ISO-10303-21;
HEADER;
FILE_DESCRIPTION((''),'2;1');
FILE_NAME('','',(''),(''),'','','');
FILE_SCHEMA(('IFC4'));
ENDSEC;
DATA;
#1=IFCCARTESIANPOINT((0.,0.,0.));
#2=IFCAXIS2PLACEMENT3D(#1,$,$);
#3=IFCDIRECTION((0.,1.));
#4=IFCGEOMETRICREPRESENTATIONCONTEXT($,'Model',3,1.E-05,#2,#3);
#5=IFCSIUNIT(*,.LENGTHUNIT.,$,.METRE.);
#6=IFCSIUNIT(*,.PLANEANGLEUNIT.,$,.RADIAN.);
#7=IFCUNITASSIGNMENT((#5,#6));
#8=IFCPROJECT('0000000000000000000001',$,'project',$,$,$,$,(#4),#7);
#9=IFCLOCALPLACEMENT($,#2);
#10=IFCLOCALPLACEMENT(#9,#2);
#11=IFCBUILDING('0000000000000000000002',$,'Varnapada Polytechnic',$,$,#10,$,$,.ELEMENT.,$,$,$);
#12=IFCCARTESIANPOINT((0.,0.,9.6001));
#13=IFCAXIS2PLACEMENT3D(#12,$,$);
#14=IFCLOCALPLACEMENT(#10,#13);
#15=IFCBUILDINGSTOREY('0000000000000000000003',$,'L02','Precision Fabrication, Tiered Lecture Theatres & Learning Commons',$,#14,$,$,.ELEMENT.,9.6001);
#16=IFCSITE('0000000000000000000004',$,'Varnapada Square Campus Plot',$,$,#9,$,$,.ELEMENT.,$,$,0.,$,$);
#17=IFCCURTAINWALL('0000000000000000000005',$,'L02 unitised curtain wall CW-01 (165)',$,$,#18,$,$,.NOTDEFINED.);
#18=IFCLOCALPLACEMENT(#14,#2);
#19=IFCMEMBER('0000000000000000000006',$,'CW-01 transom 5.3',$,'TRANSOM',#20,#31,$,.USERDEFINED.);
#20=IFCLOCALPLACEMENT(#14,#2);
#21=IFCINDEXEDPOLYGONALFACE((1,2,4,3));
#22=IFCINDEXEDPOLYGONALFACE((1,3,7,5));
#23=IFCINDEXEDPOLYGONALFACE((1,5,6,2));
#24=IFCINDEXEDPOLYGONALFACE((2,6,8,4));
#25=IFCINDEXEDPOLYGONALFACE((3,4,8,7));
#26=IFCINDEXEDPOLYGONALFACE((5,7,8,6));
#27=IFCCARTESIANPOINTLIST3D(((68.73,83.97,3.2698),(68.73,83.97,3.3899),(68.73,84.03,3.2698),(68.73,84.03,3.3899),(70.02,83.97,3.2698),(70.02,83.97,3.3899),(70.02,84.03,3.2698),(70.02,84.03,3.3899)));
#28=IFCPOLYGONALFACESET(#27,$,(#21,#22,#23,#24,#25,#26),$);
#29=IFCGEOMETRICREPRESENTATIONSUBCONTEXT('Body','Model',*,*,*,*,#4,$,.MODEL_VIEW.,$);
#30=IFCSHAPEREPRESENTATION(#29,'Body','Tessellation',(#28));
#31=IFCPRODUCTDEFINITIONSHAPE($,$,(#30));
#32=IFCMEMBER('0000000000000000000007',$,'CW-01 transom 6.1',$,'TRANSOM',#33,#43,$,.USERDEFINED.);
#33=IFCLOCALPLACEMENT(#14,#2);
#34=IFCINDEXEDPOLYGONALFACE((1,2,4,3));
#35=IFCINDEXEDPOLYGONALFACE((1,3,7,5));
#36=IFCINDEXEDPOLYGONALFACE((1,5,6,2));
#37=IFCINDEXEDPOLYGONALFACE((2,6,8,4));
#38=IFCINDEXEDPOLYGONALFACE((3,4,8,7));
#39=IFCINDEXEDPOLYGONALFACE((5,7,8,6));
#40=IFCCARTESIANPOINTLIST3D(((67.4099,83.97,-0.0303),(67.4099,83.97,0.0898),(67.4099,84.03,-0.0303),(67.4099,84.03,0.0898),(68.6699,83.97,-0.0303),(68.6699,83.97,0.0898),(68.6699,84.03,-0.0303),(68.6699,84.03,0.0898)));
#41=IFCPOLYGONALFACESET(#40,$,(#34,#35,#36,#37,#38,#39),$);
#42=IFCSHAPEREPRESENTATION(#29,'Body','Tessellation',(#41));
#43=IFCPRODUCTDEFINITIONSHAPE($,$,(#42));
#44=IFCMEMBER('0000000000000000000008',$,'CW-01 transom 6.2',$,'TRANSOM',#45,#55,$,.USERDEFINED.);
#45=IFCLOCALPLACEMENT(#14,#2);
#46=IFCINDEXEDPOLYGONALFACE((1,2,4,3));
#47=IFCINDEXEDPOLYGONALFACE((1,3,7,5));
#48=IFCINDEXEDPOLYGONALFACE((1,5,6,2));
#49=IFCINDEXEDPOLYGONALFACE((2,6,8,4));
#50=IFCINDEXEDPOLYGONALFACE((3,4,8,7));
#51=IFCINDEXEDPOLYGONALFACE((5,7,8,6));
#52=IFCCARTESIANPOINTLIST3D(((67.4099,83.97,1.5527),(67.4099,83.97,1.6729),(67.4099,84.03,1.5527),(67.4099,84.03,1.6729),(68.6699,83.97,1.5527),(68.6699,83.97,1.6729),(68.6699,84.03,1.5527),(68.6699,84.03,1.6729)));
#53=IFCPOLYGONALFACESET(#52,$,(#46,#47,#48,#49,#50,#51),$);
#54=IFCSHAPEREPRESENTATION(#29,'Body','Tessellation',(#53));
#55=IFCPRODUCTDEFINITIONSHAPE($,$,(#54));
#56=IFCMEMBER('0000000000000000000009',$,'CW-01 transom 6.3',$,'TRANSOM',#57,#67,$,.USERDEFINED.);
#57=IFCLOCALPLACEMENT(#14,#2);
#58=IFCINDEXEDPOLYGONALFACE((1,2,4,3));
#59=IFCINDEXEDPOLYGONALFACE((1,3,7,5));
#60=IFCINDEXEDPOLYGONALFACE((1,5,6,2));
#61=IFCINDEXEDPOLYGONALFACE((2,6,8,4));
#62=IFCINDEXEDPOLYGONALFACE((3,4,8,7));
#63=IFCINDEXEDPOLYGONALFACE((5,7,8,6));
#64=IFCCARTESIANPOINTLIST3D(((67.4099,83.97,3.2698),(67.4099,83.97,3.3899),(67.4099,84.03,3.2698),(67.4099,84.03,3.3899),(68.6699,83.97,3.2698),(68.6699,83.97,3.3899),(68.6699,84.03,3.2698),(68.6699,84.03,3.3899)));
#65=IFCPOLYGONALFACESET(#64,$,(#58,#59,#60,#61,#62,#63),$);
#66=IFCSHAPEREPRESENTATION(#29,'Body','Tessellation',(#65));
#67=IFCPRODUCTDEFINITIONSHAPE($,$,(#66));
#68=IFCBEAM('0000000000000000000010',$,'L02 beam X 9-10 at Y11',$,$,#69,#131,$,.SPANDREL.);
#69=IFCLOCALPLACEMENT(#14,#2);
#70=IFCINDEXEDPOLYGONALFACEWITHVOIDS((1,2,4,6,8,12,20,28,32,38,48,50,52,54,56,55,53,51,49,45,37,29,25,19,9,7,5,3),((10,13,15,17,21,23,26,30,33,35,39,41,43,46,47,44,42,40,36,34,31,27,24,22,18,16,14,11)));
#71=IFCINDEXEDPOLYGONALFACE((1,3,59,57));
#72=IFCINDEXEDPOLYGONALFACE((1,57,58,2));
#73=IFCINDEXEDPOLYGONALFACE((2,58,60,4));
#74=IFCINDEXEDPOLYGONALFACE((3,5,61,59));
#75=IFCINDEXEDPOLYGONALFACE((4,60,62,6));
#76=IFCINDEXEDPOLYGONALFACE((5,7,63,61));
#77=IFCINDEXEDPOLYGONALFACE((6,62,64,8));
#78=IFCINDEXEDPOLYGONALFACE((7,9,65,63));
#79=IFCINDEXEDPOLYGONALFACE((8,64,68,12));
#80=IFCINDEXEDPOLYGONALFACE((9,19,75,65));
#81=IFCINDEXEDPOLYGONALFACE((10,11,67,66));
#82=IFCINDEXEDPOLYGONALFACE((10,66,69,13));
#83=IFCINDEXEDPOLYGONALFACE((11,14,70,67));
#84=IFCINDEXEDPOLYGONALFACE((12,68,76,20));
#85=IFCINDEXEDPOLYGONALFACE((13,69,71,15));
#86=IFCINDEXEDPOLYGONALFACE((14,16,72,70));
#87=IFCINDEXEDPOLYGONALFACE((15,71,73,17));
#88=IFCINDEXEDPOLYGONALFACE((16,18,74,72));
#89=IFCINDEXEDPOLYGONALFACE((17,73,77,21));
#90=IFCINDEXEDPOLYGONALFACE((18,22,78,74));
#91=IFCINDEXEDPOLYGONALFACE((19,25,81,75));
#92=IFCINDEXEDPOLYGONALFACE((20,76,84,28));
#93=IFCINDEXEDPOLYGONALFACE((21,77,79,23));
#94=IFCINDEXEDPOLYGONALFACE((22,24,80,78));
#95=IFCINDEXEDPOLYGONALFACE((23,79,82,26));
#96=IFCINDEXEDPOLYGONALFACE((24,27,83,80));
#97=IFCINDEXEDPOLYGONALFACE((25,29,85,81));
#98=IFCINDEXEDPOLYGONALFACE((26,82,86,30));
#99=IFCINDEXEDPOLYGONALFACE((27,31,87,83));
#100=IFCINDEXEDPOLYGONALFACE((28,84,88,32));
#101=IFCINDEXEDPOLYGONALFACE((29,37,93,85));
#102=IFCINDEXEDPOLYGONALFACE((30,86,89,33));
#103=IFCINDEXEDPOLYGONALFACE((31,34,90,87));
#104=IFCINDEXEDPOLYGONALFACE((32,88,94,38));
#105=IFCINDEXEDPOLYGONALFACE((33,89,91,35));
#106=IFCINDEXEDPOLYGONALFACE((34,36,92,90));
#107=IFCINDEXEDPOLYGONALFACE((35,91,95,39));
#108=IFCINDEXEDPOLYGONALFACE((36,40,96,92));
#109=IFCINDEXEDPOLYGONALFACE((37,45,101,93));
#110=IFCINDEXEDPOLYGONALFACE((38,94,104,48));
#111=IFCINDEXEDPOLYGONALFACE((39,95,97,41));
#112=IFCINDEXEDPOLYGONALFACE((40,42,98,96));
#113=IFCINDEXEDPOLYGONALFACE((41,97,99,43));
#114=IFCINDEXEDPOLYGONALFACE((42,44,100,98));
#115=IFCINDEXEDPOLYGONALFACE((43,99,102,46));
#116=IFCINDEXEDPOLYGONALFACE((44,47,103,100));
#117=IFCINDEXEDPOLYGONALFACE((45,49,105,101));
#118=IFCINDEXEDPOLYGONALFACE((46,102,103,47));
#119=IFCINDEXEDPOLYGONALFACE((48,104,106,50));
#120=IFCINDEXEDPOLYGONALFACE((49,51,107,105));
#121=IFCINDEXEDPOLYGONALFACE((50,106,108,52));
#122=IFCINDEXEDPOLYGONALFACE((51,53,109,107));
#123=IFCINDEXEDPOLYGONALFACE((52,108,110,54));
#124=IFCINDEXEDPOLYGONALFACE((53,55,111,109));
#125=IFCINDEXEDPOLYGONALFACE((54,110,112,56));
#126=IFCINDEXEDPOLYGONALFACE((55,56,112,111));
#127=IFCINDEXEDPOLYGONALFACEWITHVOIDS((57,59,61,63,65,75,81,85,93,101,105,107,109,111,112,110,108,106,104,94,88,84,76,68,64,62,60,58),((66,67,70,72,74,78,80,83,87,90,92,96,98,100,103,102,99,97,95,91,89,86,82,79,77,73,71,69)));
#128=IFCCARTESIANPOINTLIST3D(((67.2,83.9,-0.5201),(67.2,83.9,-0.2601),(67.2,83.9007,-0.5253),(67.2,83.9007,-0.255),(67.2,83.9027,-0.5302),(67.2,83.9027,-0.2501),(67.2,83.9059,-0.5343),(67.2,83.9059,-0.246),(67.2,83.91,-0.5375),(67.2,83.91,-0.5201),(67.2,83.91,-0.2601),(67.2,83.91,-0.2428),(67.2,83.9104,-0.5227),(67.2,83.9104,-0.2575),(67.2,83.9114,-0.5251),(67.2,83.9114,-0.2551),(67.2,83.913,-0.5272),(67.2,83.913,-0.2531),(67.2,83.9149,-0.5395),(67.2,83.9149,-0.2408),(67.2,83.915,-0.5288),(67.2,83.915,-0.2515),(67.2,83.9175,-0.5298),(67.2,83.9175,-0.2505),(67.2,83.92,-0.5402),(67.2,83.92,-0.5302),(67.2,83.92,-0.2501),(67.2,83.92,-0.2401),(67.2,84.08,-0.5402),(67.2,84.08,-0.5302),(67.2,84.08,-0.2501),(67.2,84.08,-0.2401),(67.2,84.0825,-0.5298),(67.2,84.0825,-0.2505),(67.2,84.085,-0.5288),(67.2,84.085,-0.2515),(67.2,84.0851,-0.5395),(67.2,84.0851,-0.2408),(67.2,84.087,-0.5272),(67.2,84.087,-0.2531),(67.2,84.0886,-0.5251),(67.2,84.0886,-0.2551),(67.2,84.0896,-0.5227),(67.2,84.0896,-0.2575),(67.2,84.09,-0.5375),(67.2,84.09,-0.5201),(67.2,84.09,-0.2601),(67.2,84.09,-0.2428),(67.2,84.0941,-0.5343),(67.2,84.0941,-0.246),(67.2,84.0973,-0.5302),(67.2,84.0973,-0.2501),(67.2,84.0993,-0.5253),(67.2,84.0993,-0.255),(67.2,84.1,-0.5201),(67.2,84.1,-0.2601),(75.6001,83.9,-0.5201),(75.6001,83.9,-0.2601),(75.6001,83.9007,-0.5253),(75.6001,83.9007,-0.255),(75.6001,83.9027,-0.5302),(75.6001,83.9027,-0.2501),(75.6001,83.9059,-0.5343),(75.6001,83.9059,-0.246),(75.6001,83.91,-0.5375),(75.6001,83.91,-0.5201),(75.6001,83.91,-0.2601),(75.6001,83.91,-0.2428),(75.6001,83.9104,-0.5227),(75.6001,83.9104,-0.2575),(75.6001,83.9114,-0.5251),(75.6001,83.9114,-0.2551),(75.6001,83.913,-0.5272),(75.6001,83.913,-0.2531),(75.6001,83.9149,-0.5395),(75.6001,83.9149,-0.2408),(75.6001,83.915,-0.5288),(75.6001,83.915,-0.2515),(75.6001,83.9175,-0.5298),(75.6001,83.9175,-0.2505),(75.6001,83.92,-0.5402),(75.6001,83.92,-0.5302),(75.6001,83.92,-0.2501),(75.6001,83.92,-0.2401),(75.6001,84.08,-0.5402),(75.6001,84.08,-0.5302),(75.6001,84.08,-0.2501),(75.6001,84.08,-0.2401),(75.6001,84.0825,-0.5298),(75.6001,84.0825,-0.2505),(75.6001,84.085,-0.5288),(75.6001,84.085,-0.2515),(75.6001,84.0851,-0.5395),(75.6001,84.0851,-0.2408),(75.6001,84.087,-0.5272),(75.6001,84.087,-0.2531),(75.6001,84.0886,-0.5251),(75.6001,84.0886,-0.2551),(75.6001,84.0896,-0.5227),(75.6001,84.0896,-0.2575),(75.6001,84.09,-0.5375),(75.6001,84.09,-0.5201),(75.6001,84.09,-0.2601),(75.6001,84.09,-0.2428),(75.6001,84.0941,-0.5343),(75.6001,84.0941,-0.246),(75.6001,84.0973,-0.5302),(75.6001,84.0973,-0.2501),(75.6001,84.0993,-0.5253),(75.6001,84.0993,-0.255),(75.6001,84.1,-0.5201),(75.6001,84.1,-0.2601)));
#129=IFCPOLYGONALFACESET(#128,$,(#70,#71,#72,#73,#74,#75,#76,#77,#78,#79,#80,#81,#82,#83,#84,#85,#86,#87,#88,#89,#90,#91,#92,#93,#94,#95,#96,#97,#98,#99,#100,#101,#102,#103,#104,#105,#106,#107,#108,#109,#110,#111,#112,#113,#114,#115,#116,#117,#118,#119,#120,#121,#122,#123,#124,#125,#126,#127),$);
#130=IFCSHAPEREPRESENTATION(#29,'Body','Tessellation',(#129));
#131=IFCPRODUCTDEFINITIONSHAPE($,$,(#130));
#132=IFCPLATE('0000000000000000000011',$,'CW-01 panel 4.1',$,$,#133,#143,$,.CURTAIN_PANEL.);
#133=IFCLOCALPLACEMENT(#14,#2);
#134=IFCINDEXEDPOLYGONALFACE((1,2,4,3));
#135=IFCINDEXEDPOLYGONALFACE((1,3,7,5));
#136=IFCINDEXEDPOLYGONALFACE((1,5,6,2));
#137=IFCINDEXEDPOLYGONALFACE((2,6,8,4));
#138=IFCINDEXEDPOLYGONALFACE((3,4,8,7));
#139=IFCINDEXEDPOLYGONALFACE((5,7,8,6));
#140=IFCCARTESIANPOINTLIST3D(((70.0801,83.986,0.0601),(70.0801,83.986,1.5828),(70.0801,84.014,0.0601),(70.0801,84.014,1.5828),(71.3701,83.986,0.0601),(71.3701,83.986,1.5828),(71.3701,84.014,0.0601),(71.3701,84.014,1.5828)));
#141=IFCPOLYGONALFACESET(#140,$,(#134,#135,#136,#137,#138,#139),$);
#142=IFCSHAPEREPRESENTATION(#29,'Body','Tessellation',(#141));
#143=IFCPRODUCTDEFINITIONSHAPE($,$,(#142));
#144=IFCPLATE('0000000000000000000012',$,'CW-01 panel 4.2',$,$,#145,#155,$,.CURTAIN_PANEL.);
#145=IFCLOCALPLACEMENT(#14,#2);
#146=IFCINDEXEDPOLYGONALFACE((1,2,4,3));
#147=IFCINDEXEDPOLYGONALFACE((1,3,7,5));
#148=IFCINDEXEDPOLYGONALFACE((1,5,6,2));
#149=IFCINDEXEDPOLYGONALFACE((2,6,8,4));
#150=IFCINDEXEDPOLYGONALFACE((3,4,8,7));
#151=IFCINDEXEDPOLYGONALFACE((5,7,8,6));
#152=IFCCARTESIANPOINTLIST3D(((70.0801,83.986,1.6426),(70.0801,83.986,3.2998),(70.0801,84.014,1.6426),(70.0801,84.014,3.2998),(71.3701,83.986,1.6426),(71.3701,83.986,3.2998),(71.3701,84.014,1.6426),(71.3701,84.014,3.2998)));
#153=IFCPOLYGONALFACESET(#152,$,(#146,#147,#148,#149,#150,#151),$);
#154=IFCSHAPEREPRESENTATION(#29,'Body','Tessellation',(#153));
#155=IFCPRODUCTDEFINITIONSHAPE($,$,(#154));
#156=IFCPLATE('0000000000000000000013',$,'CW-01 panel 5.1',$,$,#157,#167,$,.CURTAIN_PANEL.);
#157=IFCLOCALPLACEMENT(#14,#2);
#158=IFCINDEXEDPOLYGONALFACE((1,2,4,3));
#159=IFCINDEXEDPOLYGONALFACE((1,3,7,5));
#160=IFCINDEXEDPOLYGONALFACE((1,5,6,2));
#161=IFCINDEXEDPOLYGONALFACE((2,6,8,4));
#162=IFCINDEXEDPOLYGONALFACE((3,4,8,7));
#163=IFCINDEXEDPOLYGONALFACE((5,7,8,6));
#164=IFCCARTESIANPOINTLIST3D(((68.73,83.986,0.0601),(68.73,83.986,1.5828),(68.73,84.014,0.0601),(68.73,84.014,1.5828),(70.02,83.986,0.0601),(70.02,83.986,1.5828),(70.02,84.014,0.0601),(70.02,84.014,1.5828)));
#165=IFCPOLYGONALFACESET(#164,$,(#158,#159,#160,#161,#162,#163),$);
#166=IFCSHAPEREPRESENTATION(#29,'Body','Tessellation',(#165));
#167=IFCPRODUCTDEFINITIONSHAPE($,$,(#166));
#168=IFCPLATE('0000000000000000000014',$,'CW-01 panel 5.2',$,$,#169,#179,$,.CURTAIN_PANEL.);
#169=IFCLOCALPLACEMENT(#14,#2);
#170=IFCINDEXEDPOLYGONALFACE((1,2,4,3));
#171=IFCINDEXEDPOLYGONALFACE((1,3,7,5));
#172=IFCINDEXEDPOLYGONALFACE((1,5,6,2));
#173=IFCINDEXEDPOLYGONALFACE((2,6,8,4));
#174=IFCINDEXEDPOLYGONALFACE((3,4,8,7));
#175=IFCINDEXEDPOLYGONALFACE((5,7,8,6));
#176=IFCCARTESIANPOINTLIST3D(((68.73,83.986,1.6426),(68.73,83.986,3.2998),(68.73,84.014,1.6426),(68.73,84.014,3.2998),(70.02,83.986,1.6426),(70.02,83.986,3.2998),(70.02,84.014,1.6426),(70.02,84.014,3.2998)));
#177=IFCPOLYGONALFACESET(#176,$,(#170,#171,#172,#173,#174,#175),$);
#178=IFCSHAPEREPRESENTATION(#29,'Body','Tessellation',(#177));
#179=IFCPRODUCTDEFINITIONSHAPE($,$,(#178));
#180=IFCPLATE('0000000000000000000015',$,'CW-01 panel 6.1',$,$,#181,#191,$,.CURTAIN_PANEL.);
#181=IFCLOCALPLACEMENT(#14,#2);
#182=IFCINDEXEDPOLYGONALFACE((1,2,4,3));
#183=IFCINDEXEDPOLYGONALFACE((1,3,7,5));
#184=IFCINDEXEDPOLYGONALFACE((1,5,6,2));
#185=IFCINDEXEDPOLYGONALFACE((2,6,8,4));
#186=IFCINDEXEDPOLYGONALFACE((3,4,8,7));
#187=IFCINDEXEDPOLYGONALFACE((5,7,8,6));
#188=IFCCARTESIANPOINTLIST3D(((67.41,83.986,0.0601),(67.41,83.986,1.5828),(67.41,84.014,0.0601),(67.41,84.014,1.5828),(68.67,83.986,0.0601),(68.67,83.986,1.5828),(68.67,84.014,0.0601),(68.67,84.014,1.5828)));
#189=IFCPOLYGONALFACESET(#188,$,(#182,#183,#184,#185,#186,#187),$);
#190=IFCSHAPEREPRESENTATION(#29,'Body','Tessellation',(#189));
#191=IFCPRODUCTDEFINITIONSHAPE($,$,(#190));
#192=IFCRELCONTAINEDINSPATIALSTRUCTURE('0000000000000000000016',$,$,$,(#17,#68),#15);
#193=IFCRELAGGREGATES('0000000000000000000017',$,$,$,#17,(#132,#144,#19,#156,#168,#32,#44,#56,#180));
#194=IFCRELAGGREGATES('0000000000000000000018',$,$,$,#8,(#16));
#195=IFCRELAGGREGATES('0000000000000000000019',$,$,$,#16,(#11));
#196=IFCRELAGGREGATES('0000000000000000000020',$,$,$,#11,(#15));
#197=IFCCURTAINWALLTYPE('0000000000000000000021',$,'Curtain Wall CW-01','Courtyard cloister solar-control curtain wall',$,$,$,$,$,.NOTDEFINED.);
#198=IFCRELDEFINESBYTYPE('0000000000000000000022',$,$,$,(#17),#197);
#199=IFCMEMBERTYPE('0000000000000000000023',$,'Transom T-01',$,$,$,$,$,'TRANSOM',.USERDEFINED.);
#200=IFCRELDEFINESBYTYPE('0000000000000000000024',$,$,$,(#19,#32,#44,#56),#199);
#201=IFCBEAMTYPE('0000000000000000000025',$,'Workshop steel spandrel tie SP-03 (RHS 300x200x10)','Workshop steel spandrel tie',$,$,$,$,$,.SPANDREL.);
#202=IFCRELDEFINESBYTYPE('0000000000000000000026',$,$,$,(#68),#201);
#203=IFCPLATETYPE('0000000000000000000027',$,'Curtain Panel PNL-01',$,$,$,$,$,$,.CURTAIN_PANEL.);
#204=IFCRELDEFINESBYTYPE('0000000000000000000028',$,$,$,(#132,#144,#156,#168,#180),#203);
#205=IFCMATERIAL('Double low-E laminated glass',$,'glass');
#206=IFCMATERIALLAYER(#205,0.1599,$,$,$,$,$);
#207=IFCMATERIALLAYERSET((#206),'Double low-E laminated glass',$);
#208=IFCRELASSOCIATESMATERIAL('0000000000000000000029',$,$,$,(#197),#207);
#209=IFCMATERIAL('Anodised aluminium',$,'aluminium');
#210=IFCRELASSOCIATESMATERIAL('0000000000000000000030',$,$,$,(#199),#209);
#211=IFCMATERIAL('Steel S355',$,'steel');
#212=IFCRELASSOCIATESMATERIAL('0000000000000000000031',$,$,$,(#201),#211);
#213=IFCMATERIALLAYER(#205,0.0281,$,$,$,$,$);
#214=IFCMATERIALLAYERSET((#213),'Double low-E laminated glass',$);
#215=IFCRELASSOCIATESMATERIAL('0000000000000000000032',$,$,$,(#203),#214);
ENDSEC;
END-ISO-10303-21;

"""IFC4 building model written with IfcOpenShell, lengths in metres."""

from ifc_helpers import new_model, si_unit, direction, frame, origin, origin_2d, place, context, subcontext, project, spatial, rectangle, hollow_rectangle, extrude, material, layer, layer_set, material_profile, profile_set, type_object, element, aggregate, save


model = new_model("IFC4")

# Units and contexts
model_context = context("Model", 3, precision=1e-05, world=origin(), true_north=direction((0.0, 1.0)))
body_context = subcontext(model_context, "Body", "Model", "MODEL_VIEW")
ifc_project = project(units=[si_unit("LENGTHUNIT", "METRE"), si_unit("PLANEANGLEUNIT", "RADIAN")], contexts=[model_context])

# Site, building, storey
site_placement = place(None, origin())
site = spatial("IfcSite", under=ifc_project, at=site_placement, Name="Varnapada Square Campus Plot", CompositionType="ELEMENT", RefElevation=0.0)
building_placement = place(site_placement, origin())
building = spatial("IfcBuilding", under=site, at=building_placement, Name="Varnapada Polytechnic", CompositionType="ELEMENT")
storey_placement = place(building_placement, frame((0.0, 0.0, 9.6001)))
storey = spatial("IfcBuildingStorey", under=building, at=storey_placement, Name="L02", Description="Precision Fabrication, Tiered Lecture Theatres & Learning Commons", CompositionType="ELEMENT", Elevation=9.6001)

# Shared definitions
ifc_material_1 = material(Name="Steel S355", Category="steel")

# Curtain wall
ifc_material_2 = material(Name="Double low-E laminated glass", Category="glass")
ifc_layer_1 = layer(ifc_material_2, 0.1599)
ifc_layer_set_1 = layer_set([ifc_layer_1], Name="Double low-E laminated glass")
curtain_wall_type = type_object("IfcCurtainWallType", Name="Curtain Wall CW-01", Description="Courtyard cloister solar-control curtain wall", PredefinedType="NOTDEFINED", material=ifc_layer_set_1)
curtain_wall_placement = place(storey_placement, origin())
curtain_wall = element("IfcCurtainWall", 1, at=curtain_wall_placement, inside=storey, type_object=curtain_wall_type, Name="L02 unitised curtain wall CW-01 (165)", PredefinedType="NOTDEFINED")
ifc_material_3 = material(Name="Anodised aluminium", Category="aluminium")

# Members
ifc_material_profile_1 = material_profile(ifc_material_3, rectangle(XDim=0.0601, YDim=0.1201, at=origin_2d()), Name="ALU T60x120")
ifc_profile_set_1 = profile_set([ifc_material_profile_1], Name="Anodised aluminium")
member_type_1 = type_object("IfcMemberType", Name="Transom T-01", ElementType="TRANSOM", PredefinedType="USERDEFINED", material=ifc_profile_set_1)
member_1_placement = place(storey_placement, frame((70.02, 84.0, 3.3298), z_axis=(-1.0, 0.0, 0.0), x_axis=(0.0, -1.0, 0.0)))
member_1 = element("IfcMember", 2, at=member_1_placement, type_object=member_type_1, Name="CW-01 transom 5.3", ObjectType="TRANSOM", PredefinedType="USERDEFINED", context=body_context, shape_type="SweptSolid", body=[
    extrude(rectangle(XDim=0.0601, YDim=0.1201, at=origin_2d()), origin(), (0.0, 0.0, 1.0), 1.29),
])
member_2_placement = place(storey_placement, frame((68.6699, 84.0, 0.0298), z_axis=(-1.0, 0.0, 0.0), x_axis=(0.0, -1.0, 0.0)))
member_2 = element("IfcMember", 3, at=member_2_placement, type_object=member_type_1, Name="CW-01 transom 6.1", ObjectType="TRANSOM", PredefinedType="USERDEFINED", context=body_context, shape_type="SweptSolid", body=[
    extrude(rectangle(XDim=0.0601, YDim=0.1201, at=origin_2d()), origin(), (0.0, 0.0, 1.0), 1.26),
])
member_3_placement = place(storey_placement, frame((68.6699, 84.0, 1.6128), z_axis=(-1.0, 0.0, 0.0), x_axis=(0.0, -1.0, 0.0)))
member_3 = element("IfcMember", 4, at=member_3_placement, type_object=member_type_1, Name="CW-01 transom 6.2", ObjectType="TRANSOM", PredefinedType="USERDEFINED", context=body_context, shape_type="SweptSolid", body=[
    extrude(rectangle(XDim=0.0601, YDim=0.1201, at=origin_2d()), origin(), (0.0, 0.0, 1.0), 1.26),
])
member_4_placement = place(storey_placement, frame((68.6699, 84.0, 3.3298), z_axis=(-1.0, 0.0, 0.0), x_axis=(0.0, -1.0, 0.0)))
member_4 = element("IfcMember", 5, at=member_4_placement, type_object=member_type_1, Name="CW-01 transom 6.3", ObjectType="TRANSOM", PredefinedType="USERDEFINED", context=body_context, shape_type="SweptSolid", body=[
    extrude(rectangle(XDim=0.0601, YDim=0.1201, at=origin_2d()), origin(), (0.0, 0.0, 1.0), 1.26),
])

# Beam
ifc_material_profile_2 = material_profile(ifc_material_1, hollow_rectangle(XDim=0.2, YDim=0.3, WallThickness=0.01, InnerFilletRadius=0.01, OuterFilletRadius=0.02, at=origin_2d()), Name="RHS 300x200x10")
ifc_profile_set_2 = profile_set([ifc_material_profile_2], Name="Steel S355")
beam_type_1 = type_object("IfcBeamType", Name="Workshop steel spandrel tie SP-03 (RHS 300x200x10)", Description="Workshop steel spandrel tie", PredefinedType="SPANDREL", material=ifc_profile_set_2)
beam_1_placement = place(storey_placement, frame((67.2, 84.0, -0.3901), z_axis=(1.0, 0.0, 0.0), x_axis=(0.0, 1.0, 0.0)))
element("IfcBeam", 6, at=beam_1_placement, inside=storey, type_object=beam_type_1, Name="L02 beam X 9-10 at Y11", PredefinedType="SPANDREL", context=body_context, shape_type="SweptSolid", body=[
    extrude(hollow_rectangle(XDim=0.2, YDim=0.3, WallThickness=0.01, InnerFilletRadius=0.01, OuterFilletRadius=0.02, at=origin_2d()), origin(), (0.0, 0.0, 1.0), 8.4001),
])

# Plates
ifc_layer_2 = layer(ifc_material_2, 0.0281)
ifc_layer_set_2 = layer_set([ifc_layer_2], Name="Double low-E laminated glass")
plate_type = type_object("IfcPlateType", Name="Curtain Panel PNL-01", PredefinedType="CURTAIN_PANEL", material=ifc_layer_set_2)
plate_1_placement = place(storey_placement, frame((70.7251, 84.0, 0.0601), z_axis=(0.0, 0.0, 1.0), x_axis=(-1.0, 0.0, 0.0)))
plate_1 = element("IfcPlate", 7, at=plate_1_placement, type_object=plate_type, Name="CW-01 panel 4.1", PredefinedType="CURTAIN_PANEL", context=body_context, shape_type="SweptSolid", body=[
    extrude(rectangle(XDim=1.29, YDim=0.0281, at=origin_2d()), origin(), (0.0, 0.0, 1.0), 1.5227),
])
plate_2_placement = place(storey_placement, frame((70.7251, 84.0, 1.6426), z_axis=(0.0, 0.0, 1.0), x_axis=(-1.0, 0.0, 0.0)))
plate_2 = element("IfcPlate", 8, at=plate_2_placement, type_object=plate_type, Name="CW-01 panel 4.2", PredefinedType="CURTAIN_PANEL", context=body_context, shape_type="SweptSolid", body=[
    extrude(rectangle(XDim=1.29, YDim=0.0281, at=origin_2d()), origin(), (0.0, 0.0, 1.0), 1.6572),
])
plate_3_placement = place(storey_placement, frame((69.375, 84.0, 0.0601), z_axis=(0.0, 0.0, 1.0), x_axis=(-1.0, 0.0, 0.0)))
plate_3 = element("IfcPlate", 9, at=plate_3_placement, type_object=plate_type, Name="CW-01 panel 5.1", PredefinedType="CURTAIN_PANEL", context=body_context, shape_type="SweptSolid", body=[
    extrude(rectangle(XDim=1.29, YDim=0.0281, at=origin_2d()), origin(), (0.0, 0.0, 1.0), 1.5227),
])
plate_4_placement = place(storey_placement, frame((69.375, 84.0, 1.6426), z_axis=(0.0, 0.0, 1.0), x_axis=(-1.0, 0.0, 0.0)))
plate_4 = element("IfcPlate", 10, at=plate_4_placement, type_object=plate_type, Name="CW-01 panel 5.2", PredefinedType="CURTAIN_PANEL", context=body_context, shape_type="SweptSolid", body=[
    extrude(rectangle(XDim=1.29, YDim=0.0281, at=origin_2d()), origin(), (0.0, 0.0, 1.0), 1.6572),
])
plate_5_placement = place(storey_placement, frame((68.04, 84.0, 0.0601), z_axis=(0.0, 0.0, 1.0), x_axis=(-1.0, 0.0, 0.0)))
plate_5 = element("IfcPlate", 11, at=plate_5_placement, type_object=plate_type, Name="CW-01 panel 6.1", PredefinedType="CURTAIN_PANEL", context=body_context, shape_type="SweptSolid", body=[
    extrude(rectangle(XDim=1.26, YDim=0.0281, at=origin_2d()), origin(), (0.0, 0.0, 1.0), 1.5227),
])
aggregate(curtain_wall, [plate_1, plate_2, member_1, plate_3, plate_4, member_2, member_3, member_4, plate_5])

save(model, "model.ifc")
